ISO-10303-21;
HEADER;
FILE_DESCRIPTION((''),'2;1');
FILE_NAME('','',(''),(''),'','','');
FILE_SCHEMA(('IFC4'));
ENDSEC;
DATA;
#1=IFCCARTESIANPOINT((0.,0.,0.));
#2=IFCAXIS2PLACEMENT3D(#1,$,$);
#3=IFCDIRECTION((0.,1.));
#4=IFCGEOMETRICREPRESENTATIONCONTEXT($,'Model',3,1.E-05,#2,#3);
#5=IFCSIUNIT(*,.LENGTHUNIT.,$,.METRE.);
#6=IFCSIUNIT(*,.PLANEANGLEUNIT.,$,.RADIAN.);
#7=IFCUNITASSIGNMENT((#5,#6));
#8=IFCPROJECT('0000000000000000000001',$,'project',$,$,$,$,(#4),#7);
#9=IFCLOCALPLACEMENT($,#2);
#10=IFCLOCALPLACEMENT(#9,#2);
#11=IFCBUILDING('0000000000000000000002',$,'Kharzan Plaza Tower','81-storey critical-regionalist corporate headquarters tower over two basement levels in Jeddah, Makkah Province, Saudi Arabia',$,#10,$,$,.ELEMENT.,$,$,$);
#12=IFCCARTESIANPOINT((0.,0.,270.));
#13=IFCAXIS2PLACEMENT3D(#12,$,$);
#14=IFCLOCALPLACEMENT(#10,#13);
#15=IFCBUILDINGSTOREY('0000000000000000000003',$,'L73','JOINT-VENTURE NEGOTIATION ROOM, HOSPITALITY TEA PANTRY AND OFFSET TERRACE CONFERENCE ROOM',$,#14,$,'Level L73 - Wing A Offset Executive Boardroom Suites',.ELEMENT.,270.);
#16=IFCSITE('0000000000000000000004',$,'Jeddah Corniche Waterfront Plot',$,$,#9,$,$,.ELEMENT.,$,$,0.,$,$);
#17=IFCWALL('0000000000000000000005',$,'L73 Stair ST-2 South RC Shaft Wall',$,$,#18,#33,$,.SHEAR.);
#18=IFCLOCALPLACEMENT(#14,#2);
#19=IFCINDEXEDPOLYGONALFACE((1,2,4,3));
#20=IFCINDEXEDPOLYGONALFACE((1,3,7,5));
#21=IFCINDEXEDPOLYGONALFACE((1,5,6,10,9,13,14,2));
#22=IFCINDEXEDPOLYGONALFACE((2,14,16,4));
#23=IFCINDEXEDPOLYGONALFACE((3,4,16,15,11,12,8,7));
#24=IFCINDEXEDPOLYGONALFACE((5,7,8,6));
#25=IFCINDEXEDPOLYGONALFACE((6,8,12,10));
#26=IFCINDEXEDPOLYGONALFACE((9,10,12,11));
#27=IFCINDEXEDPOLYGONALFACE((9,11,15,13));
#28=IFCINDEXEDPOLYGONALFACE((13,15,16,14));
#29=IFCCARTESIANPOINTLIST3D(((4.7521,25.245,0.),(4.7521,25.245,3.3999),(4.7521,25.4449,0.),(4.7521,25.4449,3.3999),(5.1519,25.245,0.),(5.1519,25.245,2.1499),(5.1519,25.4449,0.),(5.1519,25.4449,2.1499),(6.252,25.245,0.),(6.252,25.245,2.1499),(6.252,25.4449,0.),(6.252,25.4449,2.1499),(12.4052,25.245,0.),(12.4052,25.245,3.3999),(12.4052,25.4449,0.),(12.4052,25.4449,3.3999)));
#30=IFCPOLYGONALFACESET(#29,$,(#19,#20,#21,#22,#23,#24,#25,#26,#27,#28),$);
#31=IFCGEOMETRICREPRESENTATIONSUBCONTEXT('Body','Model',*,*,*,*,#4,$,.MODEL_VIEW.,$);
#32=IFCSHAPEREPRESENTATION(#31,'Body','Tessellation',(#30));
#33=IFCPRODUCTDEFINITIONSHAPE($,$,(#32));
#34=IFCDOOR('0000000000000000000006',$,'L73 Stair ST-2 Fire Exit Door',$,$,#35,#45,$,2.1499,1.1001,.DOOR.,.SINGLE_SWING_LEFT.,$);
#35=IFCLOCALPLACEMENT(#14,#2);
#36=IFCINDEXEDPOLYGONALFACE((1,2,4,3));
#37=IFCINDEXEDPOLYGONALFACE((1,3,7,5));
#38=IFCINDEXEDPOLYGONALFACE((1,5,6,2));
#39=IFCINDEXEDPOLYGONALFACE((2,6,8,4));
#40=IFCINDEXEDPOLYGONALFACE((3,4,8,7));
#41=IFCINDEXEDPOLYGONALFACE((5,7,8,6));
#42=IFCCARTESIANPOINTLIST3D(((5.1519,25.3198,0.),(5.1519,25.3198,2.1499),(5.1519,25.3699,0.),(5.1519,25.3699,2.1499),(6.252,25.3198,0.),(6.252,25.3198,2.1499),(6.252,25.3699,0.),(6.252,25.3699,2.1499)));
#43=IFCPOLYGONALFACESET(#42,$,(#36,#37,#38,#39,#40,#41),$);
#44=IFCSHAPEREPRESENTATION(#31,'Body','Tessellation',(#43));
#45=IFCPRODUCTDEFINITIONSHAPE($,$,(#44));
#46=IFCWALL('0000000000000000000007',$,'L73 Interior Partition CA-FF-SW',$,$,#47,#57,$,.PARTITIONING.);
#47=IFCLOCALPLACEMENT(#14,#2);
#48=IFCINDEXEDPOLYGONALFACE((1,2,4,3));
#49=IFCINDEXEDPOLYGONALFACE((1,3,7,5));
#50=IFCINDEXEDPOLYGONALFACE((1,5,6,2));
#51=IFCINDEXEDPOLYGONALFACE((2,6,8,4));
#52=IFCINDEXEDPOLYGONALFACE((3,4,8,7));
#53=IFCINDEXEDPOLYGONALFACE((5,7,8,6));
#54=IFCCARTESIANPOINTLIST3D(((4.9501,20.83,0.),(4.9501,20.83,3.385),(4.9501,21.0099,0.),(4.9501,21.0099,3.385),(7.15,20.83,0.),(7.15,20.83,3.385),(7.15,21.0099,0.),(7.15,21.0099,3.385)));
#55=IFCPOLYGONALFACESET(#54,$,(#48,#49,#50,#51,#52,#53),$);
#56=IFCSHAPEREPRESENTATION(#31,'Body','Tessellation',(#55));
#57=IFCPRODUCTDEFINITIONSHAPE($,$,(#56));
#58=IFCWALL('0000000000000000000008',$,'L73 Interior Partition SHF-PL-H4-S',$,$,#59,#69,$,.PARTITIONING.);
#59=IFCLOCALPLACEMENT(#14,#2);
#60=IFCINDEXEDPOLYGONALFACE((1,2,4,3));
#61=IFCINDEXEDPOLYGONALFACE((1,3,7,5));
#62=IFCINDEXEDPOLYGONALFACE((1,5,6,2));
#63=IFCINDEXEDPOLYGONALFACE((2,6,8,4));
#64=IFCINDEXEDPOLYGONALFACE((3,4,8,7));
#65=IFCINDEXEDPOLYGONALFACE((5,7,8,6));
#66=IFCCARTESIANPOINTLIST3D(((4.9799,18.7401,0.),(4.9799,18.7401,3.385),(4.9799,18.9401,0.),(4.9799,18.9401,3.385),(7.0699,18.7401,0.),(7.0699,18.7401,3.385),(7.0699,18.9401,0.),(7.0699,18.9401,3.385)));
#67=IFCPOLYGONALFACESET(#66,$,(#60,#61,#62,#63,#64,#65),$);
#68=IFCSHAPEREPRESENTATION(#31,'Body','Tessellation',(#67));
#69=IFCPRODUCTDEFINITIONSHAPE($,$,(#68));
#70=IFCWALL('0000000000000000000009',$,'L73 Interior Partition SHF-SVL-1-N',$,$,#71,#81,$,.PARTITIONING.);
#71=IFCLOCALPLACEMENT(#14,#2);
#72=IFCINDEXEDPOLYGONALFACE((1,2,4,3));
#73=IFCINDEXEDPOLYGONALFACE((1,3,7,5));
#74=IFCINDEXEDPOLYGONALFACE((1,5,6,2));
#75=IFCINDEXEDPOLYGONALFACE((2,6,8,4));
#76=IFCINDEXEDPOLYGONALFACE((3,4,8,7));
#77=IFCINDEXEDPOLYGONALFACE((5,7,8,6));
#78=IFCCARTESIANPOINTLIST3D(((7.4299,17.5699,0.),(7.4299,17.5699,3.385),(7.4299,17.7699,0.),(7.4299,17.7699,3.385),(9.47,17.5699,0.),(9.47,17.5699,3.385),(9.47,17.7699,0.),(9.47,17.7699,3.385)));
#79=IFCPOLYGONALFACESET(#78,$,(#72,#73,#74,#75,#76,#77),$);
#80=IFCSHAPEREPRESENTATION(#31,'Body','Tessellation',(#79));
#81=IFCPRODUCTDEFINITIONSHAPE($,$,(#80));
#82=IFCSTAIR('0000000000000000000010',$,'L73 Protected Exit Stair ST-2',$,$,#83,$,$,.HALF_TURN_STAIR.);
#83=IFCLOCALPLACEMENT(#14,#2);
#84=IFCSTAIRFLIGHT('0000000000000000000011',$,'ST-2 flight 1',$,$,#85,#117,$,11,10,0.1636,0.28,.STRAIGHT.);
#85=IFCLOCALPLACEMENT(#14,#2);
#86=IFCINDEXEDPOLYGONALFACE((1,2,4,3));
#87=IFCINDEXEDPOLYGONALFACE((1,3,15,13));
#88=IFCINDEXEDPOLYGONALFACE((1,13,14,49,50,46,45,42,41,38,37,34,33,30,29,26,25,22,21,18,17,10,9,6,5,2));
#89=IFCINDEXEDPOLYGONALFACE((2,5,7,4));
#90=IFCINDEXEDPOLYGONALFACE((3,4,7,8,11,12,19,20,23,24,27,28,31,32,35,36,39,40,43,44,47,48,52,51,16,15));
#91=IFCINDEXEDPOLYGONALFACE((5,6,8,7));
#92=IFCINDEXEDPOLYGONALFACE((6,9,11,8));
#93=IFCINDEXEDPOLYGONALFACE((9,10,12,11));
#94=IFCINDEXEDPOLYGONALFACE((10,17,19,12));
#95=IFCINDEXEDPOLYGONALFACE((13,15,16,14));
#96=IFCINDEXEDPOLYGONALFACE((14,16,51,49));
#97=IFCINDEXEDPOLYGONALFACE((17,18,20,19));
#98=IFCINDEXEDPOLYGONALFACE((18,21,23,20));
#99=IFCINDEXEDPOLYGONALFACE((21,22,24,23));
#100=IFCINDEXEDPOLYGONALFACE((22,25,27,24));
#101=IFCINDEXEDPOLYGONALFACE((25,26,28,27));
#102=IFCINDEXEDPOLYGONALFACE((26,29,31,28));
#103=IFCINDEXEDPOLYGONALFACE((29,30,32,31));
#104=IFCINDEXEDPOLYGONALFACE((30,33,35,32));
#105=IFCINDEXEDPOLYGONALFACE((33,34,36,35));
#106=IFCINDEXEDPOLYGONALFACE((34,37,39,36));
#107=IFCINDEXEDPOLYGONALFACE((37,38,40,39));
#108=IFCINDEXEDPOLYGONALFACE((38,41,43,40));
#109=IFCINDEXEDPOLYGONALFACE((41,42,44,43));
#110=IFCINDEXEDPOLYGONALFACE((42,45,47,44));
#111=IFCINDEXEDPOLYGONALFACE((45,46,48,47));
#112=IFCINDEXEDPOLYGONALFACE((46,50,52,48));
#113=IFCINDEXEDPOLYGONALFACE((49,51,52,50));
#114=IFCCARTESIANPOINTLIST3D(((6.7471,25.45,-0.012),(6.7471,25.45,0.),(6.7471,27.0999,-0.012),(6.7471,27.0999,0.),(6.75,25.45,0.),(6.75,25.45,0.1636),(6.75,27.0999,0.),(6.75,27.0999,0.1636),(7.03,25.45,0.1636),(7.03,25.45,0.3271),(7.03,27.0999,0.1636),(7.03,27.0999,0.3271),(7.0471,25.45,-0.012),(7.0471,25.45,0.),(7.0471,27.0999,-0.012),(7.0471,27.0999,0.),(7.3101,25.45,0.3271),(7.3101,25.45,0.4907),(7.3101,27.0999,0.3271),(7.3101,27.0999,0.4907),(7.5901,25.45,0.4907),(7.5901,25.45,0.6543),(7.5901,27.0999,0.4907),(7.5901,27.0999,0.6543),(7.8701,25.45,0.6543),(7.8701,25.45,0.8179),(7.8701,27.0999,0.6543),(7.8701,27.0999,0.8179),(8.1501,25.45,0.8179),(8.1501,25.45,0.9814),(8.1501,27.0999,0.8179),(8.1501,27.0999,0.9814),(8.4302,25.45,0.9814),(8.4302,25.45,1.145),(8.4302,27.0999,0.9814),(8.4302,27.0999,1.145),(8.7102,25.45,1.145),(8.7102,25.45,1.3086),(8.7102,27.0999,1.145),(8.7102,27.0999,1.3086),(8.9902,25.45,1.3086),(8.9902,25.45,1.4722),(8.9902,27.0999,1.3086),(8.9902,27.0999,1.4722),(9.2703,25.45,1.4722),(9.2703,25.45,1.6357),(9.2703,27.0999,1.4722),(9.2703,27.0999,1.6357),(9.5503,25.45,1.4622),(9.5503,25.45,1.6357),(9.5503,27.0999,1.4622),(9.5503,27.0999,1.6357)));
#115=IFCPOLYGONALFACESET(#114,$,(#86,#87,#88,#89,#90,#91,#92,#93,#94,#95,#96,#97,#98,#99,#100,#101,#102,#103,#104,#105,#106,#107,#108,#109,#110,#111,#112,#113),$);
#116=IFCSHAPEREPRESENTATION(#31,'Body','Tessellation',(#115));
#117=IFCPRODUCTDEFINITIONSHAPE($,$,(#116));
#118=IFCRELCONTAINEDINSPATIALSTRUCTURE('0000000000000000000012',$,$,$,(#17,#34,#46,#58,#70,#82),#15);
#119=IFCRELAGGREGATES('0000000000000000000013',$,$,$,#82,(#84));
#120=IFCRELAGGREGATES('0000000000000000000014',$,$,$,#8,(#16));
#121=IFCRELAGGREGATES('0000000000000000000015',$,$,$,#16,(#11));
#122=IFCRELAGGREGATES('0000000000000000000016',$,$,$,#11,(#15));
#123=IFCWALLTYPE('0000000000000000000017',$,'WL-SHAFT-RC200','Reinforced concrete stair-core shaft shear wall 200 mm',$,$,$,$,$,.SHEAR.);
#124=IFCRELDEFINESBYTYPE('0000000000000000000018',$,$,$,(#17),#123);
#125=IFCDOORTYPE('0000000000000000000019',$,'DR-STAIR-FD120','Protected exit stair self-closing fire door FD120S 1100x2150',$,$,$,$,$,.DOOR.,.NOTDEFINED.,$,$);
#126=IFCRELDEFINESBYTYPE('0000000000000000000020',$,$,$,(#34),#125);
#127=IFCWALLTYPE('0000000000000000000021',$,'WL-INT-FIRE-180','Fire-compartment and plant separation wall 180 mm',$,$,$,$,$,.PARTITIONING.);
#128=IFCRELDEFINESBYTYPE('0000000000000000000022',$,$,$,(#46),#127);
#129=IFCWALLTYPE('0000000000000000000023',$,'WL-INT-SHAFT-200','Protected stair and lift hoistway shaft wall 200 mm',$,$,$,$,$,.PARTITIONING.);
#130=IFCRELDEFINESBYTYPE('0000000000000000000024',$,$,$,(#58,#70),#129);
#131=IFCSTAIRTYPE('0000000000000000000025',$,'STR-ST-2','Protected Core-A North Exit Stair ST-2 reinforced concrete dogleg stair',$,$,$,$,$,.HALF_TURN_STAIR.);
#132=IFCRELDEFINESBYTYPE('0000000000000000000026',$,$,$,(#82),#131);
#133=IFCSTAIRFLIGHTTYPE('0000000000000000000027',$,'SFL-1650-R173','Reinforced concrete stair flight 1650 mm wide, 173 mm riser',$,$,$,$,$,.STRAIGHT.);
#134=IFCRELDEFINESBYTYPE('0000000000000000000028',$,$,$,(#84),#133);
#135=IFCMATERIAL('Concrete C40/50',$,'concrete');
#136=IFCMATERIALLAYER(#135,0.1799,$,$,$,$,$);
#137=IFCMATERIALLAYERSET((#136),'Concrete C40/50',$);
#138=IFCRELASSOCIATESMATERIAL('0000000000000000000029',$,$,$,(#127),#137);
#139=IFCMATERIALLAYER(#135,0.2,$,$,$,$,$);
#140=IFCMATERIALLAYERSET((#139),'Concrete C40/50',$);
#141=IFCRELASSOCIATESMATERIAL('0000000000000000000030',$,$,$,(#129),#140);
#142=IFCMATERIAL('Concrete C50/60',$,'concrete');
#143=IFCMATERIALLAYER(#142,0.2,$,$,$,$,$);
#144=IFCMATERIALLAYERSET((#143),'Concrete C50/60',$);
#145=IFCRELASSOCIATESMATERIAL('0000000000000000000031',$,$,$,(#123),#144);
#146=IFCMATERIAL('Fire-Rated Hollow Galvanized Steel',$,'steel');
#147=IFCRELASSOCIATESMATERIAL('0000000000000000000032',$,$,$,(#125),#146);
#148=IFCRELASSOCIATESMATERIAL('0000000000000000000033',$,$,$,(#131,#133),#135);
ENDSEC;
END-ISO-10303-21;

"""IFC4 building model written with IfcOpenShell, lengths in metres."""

from ifc_helpers import new_model, si_unit, direction, frame, frame_2d, origin, place, context, subcontext, project, spatial, polyline, rectangle, outline, extrude, source, transform, mapped, material, layer, layer_set, type_object, element, fill, aggregate, save


model = new_model("IFC4")

# Units and contexts
model_context = context("Model", 3, precision=1e-05, world=origin(), true_north=direction((0.0, 1.0)))
body_context = subcontext(model_context, "Body", "Model", "MODEL_VIEW")
ifc_project = project(units=[si_unit("LENGTHUNIT", "METRE"), si_unit("PLANEANGLEUNIT", "RADIAN")], contexts=[model_context])

# Site, building, storey
site_placement = place(None, origin())
site = spatial("IfcSite", under=ifc_project, at=site_placement, Name="Jeddah Corniche Waterfront Plot", CompositionType="ELEMENT", RefElevation=0.0)
building_placement = place(site_placement, origin())
building = spatial("IfcBuilding", under=site, at=building_placement, Name="Kharzan Plaza Tower", Description="81-storey critical-regionalist corporate headquarters tower over two basement levels in Jeddah, Makkah Province, Saudi Arabia", CompositionType="ELEMENT")
storey_placement = place(building_placement, frame((0.0, 0.0, 270.0)))
storey = spatial("IfcBuildingStorey", under=building, at=storey_placement, Name="L73", Description="JOINT-VENTURE NEGOTIATION ROOM, HOSPITALITY TEA PANTRY AND OFFSET TERRACE CONFERENCE ROOM", LongName="Level L73 - Wing A Offset Executive Boardroom Suites", CompositionType="ELEMENT", Elevation=270.0)

# Shared definitions
ifc_material_1 = material(Name="Concrete C50/60", Category="concrete")

# Shared definitions
ifc_material_2 = material(Name="Concrete C40/50", Category="concrete")

# Wall, opening, door
ifc_layer_1 = layer(ifc_material_2, 0.1799)
ifc_layer_set_1 = layer_set([ifc_layer_1], Name="Concrete C40/50")
wall_type_1 = type_object("IfcWallType", Name="WL-INT-FIRE-180", Description="Fire-compartment and plant separation wall 180 mm", PredefinedType="PARTITIONING", material=ifc_layer_set_1)
ifc_layer_2 = layer(ifc_material_2, 0.2)
ifc_layer_set_2 = layer_set([ifc_layer_2], Name="Concrete C40/50")
wall_type_2 = type_object("IfcWallType", Name="WL-INT-SHAFT-200", Description="Protected stair and lift hoistway shaft wall 200 mm", PredefinedType="PARTITIONING", material=ifc_layer_set_2)
ifc_layer_3 = layer(ifc_material_1, 0.2)
ifc_layer_set_3 = layer_set([ifc_layer_3], Name="Concrete C50/60")
wall_type_3 = type_object("IfcWallType", Name="WL-SHAFT-RC200", Description="Reinforced concrete stair-core shaft shear wall 200 mm", PredefinedType="SHEAR", material=ifc_layer_set_3)
wall_1_placement = place(storey_placement, frame((4.752, 25.345, 0.0), z_axis=(0.0, 0.0, 1.0), x_axis=(1.0, 0.0, 0.0)))
wall_1 = element("IfcWall", 1, at=wall_1_placement, inside=storey, type_object=wall_type_3, Name="L73 Stair ST-2 South RC Shaft Wall", PredefinedType="SHEAR", context=body_context, shape_type="SweptSolid", body=[
    extrude(rectangle(XDim=7.6531, YDim=0.2, at=frame_2d((3.8267, 0.0))), origin(), (0.0, 0.0, 1.0), 3.3999),
])
opening_1_placement = place(wall_1_placement, frame((0.3999, 0.0, 0.0)))
opening_1 = element("IfcOpeningElement", 2, at=opening_1_placement, cuts=wall_1, PredefinedType="OPENING", context=body_context, shape_type="SweptSolid", body=[
    extrude(rectangle(XDim=1.1001, YDim=2.1499, at=frame_2d((0.55, 1.075))), frame((0.0, 0.1099, 0.0), z_axis=(0.0, -1.0, 0.0), x_axis=(1.0, 0.0, 0.0)), (0.0, 0.0, 1.0), 0.22),
])
ifc_material_3 = material(Name="Fire-Rated Hollow Galvanized Steel", Category="steel")
door_type_1 = type_object("IfcDoorType", Name="DR-STAIR-FD120", Description="Protected exit stair self-closing fire door FD120S 1100x2150", OperationType="NOTDEFINED", PredefinedType="DOOR", material=ifc_material_3)
shared_shape_1 = source(origin(), body_context, "Body", "SweptSolid", [
    extrude(rectangle(XDim=1.1001, YDim=2.1499, at=frame_2d((0.55, 1.075))), frame((0.0, 0.0249, 0.0), z_axis=(0.0, -1.0, 0.0), x_axis=(1.0, 0.0, 0.0)), (0.0, 0.0, 1.0), 0.05),
])
door_1_placement = place(opening_1_placement, origin())
door_1 = element("IfcDoor", 3, at=door_1_placement, inside=storey, type_object=door_type_1, Name="L73 Stair ST-2 Fire Exit Door", OperationType="SINGLE_SWING_LEFT", OverallHeight=2.1499, OverallWidth=1.1001, PredefinedType="DOOR", context=body_context, shape_type="MappedRepresentation", body=[
    mapped(shared_shape_1, transform((0.0, 0.0, 0.0), x_axis=(1.0, 0.0, 0.0), y_axis=(0.0, 1.0, 0.0), z_axis=(0.0, 0.0, 1.0))),
])
fill(opening_1, door_1)

# Walls
shared_shape_2 = source(origin(), body_context, "Body", "SweptSolid", [
    extrude(rectangle(XDim=2.2, YDim=0.1799, at=frame_2d((1.1001, 0.0))), origin(), (0.0, 0.0, 1.0), 3.385),
])
wall_2_placement = place(storey_placement, frame((4.95, 20.9199, 0.0), z_axis=(0.0, 0.0, 1.0), x_axis=(1.0, 0.0, 0.0)))
element("IfcWall", 4, at=wall_2_placement, inside=storey, type_object=wall_type_1, Name="L73 Interior Partition CA-FF-SW", PredefinedType="PARTITIONING", context=body_context, shape_type="MappedRepresentation", body=[
    mapped(shared_shape_2, transform((0.0, 0.0, 0.0), x_axis=(1.0, 0.0, 0.0), y_axis=(0.0, 1.0, 0.0), z_axis=(0.0, 0.0, 1.0))),
])
shared_shape_3 = source(origin(), body_context, "Body", "SweptSolid", [
    extrude(rectangle(XDim=2.0901, YDim=0.2, at=frame_2d((1.0449, 0.0))), origin(), (0.0, 0.0, 1.0), 3.385),
])
wall_3_placement = place(storey_placement, frame((4.98, 18.8401, 0.0), z_axis=(0.0, 0.0, 1.0), x_axis=(1.0, 0.0, 0.0)))
element("IfcWall", 5, at=wall_3_placement, inside=storey, type_object=wall_type_2, Name="L73 Interior Partition SHF-PL-H4-S", PredefinedType="PARTITIONING", context=body_context, shape_type="MappedRepresentation", body=[
    mapped(shared_shape_3, transform((0.0, 0.0, 0.0), x_axis=(1.0, 0.0, 0.0), y_axis=(0.0, 1.0, 0.0), z_axis=(0.0, 0.0, 1.0))),
])
shared_shape_4 = source(origin(), body_context, "Body", "SweptSolid", [
    extrude(rectangle(XDim=2.04, YDim=0.2, at=frame_2d((1.02, 0.0))), origin(), (0.0, 0.0, 1.0), 3.385),
])
wall_4_placement = place(storey_placement, frame((7.4299, 17.6699, 0.0), z_axis=(0.0, 0.0, 1.0), x_axis=(1.0, 0.0, 0.0)))
element("IfcWall", 6, at=wall_4_placement, inside=storey, type_object=wall_type_2, Name="L73 Interior Partition SHF-SVL-1-N", PredefinedType="PARTITIONING", context=body_context, shape_type="MappedRepresentation", body=[
    mapped(shared_shape_4, transform((0.0, 0.0, 0.0), x_axis=(1.0, 0.0, 0.0), y_axis=(0.0, 1.0, 0.0), z_axis=(0.0, 0.0, 1.0))),
])

# Stair, stair flight
stair_type = type_object("IfcStairType", Name="STR-ST-2", Description="Protected Core-A North Exit Stair ST-2 reinforced concrete dogleg stair", PredefinedType="HALF_TURN_STAIR", material=ifc_material_2)
stair_placement = place(storey_placement, origin())
stair = element("IfcStair", 7, at=stair_placement, inside=storey, type_object=stair_type, Name="L73 Protected Exit Stair ST-2", PredefinedType="HALF_TURN_STAIR")
stair_flight_type = type_object("IfcStairFlightType", Name="SFL-1650-R173", Description="Reinforced concrete stair flight 1650 mm wide, 173 mm riser", PredefinedType="STRAIGHT", material=ifc_material_2)
shared_shape_5 = source(origin(), body_context, "Body", "SweptSolid", [
    extrude(outline(polyline([(-0.0029, -0.012), (-0.0029, 0.0), (0.0, 0.0), (0.0, 0.1636), (0.28, 0.1636), (0.28, 0.3271), (0.5601, 0.3271), (0.5601, 0.4907), (0.8401, 0.4907), (0.8401, 0.6543), (1.1201, 0.6543), (1.1201, 0.8179), (1.4001, 0.8179), (1.4001, 0.9814), (1.6802, 0.9814), (1.6802, 1.145), (1.9602, 1.145), (1.9602, 1.3086), (2.2402, 1.3086), (2.2402, 1.4722), (2.5203, 1.4722), (2.5203, 1.6357), (2.8003, 1.6357), (2.8003, 1.7993), (2.8003, 1.4622), (0.2971, 0.0), (0.2971, -0.012), (-0.0029, -0.012)])), frame((0.0, 0.825, 0.0), z_axis=(0.0, -1.0, 0.0), x_axis=(1.0, 0.0, 0.0)), (0.0, 0.0, 1.0), 1.6499),
])
stair_flight_placement = place(storey_placement, frame((6.75, 26.2749, 0.0), z_axis=(0.0, 0.0, 1.0), x_axis=(1.0, 0.0, 0.0)))
stair_flight = element("IfcStairFlight", 8, at=stair_flight_placement, type_object=stair_flight_type, Name="ST-2 flight 1", NumberOfRisers=11, NumberOfTreads=10, PredefinedType="STRAIGHT", RiserHeight=0.1636, TreadLength=0.28, context=body_context, shape_type="MappedRepresentation", body=[
    mapped(shared_shape_5, transform((0.0, 0.0, 0.0), x_axis=(1.0, 0.0, 0.0), y_axis=(0.0, 1.0, 0.0), z_axis=(0.0, 0.0, 1.0))),
])
aggregate(stair, [stair_flight])

save(model, "model.ifc")
